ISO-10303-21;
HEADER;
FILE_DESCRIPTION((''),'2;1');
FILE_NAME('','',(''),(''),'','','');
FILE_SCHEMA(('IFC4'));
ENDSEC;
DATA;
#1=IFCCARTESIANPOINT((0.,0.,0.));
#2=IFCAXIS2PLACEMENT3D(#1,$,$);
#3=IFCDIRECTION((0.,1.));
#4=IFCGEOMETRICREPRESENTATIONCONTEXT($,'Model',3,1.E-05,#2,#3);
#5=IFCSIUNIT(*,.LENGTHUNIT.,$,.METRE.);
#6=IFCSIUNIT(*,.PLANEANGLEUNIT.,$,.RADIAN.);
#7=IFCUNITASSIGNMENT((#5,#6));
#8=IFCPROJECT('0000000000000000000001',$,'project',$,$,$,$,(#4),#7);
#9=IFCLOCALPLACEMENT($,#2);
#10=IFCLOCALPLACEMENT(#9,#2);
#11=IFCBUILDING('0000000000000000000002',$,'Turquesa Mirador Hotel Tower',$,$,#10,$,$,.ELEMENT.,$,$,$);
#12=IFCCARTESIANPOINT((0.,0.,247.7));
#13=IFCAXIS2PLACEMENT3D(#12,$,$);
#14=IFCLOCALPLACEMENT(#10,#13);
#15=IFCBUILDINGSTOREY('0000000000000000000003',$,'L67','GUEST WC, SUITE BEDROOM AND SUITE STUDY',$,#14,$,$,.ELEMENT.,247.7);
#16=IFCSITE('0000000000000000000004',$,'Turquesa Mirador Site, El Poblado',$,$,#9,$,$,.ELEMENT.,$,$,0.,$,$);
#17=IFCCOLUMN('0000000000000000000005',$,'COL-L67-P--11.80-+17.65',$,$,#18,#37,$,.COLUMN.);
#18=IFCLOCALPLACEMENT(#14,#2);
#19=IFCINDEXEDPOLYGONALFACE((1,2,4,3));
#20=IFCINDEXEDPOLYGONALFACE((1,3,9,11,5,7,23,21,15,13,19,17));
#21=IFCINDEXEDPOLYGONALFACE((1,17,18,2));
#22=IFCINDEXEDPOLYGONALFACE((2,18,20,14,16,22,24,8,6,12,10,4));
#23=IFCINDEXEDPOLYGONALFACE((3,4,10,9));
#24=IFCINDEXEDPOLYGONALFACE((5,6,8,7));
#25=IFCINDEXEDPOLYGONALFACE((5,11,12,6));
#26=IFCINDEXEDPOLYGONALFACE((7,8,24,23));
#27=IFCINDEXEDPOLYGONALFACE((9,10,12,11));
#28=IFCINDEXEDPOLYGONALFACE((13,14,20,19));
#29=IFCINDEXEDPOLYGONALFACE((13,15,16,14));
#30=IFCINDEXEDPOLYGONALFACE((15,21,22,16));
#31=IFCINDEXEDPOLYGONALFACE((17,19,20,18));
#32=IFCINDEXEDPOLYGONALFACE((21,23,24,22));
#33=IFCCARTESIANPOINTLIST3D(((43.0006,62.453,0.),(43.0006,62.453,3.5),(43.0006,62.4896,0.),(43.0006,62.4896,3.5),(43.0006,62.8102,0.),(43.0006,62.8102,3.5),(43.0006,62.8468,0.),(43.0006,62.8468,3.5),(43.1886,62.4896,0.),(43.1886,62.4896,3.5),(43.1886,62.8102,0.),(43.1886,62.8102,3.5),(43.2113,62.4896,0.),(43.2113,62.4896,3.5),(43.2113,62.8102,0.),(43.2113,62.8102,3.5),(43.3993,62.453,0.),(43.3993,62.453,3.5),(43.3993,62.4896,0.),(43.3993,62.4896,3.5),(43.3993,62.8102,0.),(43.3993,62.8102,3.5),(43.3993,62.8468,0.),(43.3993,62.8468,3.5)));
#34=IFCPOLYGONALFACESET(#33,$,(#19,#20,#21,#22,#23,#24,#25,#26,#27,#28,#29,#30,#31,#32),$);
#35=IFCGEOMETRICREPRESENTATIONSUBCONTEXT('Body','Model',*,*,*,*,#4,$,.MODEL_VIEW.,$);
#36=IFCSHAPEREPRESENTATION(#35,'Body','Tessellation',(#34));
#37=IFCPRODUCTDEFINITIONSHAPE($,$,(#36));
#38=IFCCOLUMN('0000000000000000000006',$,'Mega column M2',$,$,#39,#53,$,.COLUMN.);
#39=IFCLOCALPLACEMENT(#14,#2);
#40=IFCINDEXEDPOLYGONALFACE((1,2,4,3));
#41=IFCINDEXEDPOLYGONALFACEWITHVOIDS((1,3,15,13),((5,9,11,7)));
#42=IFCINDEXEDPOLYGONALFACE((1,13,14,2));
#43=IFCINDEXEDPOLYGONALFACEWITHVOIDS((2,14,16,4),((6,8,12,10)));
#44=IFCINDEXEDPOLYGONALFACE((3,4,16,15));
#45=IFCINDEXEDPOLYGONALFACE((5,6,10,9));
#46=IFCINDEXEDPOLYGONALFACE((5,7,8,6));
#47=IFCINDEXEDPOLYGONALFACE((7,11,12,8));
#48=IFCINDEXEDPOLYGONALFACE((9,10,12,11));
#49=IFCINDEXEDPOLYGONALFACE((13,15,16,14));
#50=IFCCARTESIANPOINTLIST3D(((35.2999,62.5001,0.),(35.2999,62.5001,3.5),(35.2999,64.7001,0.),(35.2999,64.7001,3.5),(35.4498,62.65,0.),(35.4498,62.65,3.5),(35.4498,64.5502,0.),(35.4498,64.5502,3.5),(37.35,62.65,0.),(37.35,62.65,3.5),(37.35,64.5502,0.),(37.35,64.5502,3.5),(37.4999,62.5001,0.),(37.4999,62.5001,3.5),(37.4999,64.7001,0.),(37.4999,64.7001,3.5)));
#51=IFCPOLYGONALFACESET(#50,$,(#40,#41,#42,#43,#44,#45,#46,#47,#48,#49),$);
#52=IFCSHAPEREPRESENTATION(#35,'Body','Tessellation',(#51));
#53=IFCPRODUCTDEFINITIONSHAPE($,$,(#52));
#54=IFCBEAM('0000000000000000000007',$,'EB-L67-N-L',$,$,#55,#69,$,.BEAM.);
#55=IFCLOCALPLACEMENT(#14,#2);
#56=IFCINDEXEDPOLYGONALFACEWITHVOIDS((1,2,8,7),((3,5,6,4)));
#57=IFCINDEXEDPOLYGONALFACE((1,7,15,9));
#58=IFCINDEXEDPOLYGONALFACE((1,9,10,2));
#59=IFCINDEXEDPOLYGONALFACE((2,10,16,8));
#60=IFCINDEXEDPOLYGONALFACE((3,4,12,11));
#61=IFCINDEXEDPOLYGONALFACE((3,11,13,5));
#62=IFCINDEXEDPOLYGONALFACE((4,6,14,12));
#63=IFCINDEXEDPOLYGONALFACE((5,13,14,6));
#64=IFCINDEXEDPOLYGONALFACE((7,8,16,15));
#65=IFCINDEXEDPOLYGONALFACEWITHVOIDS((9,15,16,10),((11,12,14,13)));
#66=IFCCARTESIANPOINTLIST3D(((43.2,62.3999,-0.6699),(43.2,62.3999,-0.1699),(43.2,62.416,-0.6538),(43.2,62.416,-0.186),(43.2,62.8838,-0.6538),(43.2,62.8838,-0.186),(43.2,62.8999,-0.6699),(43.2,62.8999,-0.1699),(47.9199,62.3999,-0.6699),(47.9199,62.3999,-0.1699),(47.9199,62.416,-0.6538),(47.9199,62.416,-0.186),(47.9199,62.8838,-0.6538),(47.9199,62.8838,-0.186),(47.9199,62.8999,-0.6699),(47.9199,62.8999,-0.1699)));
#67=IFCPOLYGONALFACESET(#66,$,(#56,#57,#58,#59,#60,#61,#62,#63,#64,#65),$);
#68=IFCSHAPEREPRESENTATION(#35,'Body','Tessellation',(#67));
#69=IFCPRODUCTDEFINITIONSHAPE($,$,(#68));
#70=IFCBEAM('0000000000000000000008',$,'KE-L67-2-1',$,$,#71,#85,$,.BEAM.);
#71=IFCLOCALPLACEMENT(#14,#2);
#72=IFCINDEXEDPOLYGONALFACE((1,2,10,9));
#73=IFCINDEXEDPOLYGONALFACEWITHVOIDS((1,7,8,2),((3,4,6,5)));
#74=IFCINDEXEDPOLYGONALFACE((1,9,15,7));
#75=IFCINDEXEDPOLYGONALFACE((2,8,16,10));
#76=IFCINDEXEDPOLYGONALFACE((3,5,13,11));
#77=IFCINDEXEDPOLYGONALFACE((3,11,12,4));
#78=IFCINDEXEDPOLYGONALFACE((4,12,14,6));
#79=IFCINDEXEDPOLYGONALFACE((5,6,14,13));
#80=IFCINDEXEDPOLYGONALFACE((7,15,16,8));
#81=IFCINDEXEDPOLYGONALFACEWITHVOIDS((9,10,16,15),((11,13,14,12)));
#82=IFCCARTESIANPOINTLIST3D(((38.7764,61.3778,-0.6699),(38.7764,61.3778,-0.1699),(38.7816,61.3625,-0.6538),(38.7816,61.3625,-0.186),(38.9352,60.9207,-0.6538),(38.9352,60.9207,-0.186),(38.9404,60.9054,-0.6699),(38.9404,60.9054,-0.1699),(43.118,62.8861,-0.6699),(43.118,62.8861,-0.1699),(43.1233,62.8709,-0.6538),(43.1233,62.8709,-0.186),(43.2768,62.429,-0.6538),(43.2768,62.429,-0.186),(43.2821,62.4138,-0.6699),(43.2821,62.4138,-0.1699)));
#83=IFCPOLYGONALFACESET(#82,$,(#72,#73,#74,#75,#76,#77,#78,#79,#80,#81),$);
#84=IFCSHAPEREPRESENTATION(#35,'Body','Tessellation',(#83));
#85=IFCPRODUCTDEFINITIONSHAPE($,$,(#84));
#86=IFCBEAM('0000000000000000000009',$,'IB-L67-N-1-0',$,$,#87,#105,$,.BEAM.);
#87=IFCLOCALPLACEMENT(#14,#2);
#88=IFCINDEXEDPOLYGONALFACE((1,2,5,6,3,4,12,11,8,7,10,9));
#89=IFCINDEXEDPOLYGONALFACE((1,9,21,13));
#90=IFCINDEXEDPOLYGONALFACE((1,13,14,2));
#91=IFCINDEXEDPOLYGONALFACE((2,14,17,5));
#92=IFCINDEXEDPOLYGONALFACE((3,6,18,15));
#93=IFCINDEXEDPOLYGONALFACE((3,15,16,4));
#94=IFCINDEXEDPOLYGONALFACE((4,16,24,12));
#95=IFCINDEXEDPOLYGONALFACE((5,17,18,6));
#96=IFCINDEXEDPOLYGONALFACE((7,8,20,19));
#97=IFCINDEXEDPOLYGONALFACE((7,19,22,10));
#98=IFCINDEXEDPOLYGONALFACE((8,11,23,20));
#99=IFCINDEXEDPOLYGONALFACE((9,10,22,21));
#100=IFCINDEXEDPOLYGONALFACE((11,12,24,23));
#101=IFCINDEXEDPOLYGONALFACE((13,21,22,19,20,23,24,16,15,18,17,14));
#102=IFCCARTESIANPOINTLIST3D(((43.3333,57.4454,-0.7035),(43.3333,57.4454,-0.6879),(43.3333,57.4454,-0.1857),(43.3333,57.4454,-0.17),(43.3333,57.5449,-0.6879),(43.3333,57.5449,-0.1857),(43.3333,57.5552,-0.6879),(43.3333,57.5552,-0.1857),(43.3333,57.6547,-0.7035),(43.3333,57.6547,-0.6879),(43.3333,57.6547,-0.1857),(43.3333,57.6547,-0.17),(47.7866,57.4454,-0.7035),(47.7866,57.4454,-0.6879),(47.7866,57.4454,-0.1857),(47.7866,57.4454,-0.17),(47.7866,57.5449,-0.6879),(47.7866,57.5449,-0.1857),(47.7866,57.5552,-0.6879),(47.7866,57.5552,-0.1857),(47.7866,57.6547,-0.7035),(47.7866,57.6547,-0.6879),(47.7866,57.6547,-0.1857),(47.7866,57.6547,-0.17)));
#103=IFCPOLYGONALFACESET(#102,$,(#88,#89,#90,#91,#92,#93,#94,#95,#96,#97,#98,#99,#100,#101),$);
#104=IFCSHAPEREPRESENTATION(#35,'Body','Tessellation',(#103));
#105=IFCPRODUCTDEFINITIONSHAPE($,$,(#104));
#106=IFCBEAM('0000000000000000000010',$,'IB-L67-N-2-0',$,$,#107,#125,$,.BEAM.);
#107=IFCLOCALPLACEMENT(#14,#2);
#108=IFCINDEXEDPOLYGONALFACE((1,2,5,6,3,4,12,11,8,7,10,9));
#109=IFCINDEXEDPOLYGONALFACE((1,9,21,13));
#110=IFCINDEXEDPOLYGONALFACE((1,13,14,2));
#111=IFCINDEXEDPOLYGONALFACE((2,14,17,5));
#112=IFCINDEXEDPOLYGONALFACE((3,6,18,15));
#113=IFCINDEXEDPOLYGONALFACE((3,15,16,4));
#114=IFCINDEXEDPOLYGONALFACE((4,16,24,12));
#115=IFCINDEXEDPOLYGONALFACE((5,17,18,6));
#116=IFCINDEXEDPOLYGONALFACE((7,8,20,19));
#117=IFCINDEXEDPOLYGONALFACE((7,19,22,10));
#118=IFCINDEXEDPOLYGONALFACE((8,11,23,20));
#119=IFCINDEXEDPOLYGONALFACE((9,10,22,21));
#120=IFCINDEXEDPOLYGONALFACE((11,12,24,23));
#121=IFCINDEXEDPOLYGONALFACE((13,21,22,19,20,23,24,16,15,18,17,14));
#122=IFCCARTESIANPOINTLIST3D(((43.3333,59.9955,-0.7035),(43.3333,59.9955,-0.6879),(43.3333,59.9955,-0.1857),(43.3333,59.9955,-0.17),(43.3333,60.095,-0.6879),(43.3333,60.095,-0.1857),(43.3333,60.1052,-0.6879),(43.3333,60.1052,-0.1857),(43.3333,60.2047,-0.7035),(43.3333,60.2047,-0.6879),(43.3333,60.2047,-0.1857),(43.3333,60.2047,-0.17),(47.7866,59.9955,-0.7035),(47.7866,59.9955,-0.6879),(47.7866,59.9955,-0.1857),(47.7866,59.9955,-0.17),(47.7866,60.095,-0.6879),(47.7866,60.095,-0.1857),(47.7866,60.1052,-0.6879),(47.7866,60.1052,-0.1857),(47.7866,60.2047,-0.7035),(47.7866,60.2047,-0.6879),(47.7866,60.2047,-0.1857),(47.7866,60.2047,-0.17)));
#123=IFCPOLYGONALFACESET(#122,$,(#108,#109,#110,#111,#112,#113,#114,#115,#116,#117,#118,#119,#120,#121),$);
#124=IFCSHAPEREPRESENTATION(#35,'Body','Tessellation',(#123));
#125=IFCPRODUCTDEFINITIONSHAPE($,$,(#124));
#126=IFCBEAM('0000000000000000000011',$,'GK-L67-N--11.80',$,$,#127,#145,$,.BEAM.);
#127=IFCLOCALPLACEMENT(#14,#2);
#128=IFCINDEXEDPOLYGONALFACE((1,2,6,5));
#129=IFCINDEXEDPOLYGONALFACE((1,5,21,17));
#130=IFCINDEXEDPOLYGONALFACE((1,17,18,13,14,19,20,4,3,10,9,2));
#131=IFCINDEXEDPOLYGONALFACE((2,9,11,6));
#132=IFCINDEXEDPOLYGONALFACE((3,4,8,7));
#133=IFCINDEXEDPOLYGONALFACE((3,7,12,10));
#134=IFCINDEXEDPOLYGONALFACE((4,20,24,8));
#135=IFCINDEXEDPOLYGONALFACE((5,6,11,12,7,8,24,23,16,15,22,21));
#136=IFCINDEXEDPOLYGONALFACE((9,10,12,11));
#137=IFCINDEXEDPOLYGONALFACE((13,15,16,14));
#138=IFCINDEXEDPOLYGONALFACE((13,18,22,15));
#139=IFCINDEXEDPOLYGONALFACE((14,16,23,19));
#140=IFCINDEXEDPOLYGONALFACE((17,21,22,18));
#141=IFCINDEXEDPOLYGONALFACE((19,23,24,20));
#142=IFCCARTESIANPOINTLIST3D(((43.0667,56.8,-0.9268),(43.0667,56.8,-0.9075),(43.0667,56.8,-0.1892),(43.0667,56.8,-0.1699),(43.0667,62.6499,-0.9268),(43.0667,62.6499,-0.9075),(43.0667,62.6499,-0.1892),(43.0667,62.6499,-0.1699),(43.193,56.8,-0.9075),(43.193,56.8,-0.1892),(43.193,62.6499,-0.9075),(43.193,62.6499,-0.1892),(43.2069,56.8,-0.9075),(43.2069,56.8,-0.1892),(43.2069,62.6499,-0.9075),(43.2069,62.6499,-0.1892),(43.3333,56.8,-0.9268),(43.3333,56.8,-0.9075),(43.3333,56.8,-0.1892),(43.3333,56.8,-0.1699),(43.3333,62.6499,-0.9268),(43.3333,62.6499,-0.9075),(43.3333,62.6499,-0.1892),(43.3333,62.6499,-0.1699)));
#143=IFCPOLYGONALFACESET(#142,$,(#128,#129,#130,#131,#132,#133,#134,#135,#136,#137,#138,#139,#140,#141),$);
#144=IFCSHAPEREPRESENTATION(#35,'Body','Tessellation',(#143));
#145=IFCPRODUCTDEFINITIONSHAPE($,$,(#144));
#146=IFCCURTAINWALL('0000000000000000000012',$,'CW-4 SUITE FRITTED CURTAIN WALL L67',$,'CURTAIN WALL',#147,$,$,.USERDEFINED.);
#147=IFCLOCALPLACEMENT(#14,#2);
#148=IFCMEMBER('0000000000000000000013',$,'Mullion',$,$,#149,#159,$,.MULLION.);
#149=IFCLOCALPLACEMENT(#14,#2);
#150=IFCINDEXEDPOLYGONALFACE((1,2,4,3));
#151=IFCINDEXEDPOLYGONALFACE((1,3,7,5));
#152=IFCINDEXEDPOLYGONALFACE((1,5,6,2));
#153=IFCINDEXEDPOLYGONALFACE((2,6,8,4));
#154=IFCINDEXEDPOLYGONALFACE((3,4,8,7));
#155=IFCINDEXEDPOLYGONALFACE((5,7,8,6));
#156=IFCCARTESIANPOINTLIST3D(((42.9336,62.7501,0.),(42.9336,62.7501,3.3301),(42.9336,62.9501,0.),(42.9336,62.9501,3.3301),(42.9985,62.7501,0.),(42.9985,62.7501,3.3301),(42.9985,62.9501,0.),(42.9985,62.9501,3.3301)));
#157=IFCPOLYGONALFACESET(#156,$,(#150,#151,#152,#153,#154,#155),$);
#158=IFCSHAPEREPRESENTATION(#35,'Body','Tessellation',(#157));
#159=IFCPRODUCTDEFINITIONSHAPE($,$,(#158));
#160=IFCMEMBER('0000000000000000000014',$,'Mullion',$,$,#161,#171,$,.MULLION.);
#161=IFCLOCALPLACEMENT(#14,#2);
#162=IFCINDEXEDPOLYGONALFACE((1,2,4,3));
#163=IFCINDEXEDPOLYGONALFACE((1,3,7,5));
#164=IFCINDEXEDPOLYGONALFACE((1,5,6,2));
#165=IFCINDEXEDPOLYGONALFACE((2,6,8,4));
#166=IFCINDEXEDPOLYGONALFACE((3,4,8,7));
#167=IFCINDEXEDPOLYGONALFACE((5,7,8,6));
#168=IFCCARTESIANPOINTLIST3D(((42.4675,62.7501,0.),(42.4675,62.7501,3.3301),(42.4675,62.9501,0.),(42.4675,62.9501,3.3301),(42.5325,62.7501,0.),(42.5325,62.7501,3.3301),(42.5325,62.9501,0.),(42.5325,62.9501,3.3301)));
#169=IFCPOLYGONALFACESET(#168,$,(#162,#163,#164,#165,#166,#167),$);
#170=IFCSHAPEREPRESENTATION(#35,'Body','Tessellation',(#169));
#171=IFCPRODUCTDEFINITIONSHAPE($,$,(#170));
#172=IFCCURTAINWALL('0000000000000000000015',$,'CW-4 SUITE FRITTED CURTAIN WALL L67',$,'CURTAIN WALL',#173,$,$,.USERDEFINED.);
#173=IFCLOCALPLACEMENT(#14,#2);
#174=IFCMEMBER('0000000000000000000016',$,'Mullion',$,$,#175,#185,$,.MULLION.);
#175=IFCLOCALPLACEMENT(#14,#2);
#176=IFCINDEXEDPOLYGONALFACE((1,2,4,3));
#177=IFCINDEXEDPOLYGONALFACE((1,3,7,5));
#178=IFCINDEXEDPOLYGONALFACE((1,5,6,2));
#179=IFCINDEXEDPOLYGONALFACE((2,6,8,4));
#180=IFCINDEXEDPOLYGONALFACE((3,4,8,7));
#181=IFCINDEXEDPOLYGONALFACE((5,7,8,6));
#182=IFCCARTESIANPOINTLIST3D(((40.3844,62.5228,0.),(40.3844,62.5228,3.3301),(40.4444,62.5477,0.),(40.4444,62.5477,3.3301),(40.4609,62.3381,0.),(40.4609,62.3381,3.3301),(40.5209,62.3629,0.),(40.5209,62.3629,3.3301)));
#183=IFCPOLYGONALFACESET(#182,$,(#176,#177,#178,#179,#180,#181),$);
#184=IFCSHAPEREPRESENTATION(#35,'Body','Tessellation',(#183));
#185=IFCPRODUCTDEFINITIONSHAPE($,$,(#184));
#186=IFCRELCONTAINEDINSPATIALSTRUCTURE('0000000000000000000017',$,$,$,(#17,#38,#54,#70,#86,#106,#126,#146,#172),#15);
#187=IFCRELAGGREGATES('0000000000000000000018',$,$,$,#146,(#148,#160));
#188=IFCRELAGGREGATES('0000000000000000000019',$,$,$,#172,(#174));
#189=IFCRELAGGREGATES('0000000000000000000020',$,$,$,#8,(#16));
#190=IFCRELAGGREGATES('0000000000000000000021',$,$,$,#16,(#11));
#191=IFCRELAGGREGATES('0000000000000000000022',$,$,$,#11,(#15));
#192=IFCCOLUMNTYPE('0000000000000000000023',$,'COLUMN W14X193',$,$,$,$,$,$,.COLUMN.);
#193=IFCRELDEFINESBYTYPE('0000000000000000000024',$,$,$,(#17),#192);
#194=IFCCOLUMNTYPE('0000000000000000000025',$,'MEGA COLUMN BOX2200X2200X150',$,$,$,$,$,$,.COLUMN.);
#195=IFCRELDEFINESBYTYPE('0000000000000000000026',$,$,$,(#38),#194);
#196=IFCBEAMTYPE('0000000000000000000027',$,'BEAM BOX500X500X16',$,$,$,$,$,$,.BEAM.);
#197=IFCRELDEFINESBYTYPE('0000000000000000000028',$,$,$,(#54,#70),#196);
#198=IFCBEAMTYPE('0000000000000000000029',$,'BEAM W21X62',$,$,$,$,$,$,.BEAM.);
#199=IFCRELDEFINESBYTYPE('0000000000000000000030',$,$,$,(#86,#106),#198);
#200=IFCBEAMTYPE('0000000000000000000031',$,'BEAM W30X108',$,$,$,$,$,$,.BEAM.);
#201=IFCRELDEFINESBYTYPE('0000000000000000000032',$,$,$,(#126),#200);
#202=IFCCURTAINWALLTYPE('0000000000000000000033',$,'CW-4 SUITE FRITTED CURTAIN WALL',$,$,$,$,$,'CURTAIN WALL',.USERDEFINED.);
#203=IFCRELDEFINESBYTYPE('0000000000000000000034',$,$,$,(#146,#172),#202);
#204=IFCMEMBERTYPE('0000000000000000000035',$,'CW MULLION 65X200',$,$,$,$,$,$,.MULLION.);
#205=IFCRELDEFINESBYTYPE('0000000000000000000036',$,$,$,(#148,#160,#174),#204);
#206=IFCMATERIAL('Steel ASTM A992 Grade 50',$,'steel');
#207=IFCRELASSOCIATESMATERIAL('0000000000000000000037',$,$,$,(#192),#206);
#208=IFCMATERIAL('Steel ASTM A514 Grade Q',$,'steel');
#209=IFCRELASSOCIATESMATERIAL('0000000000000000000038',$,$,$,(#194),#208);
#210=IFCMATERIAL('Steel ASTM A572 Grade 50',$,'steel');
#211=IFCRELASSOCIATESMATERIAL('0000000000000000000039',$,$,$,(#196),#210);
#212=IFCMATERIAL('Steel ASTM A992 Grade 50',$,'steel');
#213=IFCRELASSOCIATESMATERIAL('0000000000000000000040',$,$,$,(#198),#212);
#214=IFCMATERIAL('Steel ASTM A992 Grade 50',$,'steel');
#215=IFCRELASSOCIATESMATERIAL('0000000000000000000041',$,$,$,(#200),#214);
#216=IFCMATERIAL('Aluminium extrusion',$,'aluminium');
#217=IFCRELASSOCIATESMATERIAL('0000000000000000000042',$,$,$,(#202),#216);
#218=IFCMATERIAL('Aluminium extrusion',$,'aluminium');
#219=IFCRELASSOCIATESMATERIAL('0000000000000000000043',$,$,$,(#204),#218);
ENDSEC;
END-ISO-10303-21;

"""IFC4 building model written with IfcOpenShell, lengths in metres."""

from ifc_helpers import new_model, si_unit, direction, frame, origin, origin_2d, place, context, subcontext, project, spatial, rectangle, hollow_rectangle, i_section, extrude, material, material_profile, profile_set, type_object, element, aggregate, save


model = new_model("IFC4")

# Units and contexts
model_context = context("Model", 3, precision=1e-05, world=origin(), true_north=direction((0.0, 1.0)))
body_context = subcontext(model_context, "Body", "Model", "MODEL_VIEW")
ifc_project = project(units=[si_unit("LENGTHUNIT", "METRE"), si_unit("PLANEANGLEUNIT", "RADIAN")], contexts=[model_context])

# Site, building, storey
site_placement = place(None, origin())
site = spatial("IfcSite", under=ifc_project, at=site_placement, Name="Turquesa Mirador Site, El Poblado", CompositionType="ELEMENT", RefElevation=0.0)
building_placement = place(site_placement, origin())
building = spatial("IfcBuilding", under=site, at=building_placement, Name="Turquesa Mirador Hotel Tower", CompositionType="ELEMENT")
storey_placement = place(building_placement, frame((0.0, 0.0, 247.7)))
storey = spatial("IfcBuildingStorey", under=building, at=storey_placement, Name="L67", Description="GUEST WC, SUITE BEDROOM AND SUITE STUDY", CompositionType="ELEMENT", Elevation=247.7)

# Columns
ifc_material_1 = material(Name="Steel ASTM A992 Grade 50", Category="steel")
ifc_material_profile_1 = material_profile(ifc_material_1, i_section(OverallWidth=0.3987, OverallDepth=0.3938, WebThickness=0.0227, FlangeThickness=0.0366, at=origin_2d()), Name="W14X193")
ifc_profile_set_1 = profile_set([ifc_material_profile_1], Name="Steel ASTM A992 Grade 50")
column_type_1 = type_object("IfcColumnType", Name="COLUMN W14X193", PredefinedType="COLUMN", material=ifc_profile_set_1)
column_1_placement = place(storey_placement, frame((43.2, 62.6499, 0.0), z_axis=(0.0, 0.0, 1.0), x_axis=(1.0, 0.0, 0.0)))
element("IfcColumn", 1, at=column_1_placement, inside=storey, type_object=column_type_1, Name="COL-L67-P--11.80-+17.65", PredefinedType="COLUMN", context=body_context, shape_type="SweptSolid", body=[
    extrude(i_section(OverallWidth=0.3987, OverallDepth=0.3938, WebThickness=0.0227, FlangeThickness=0.0366, at=origin_2d()), origin(), (0.0, 0.0, 1.0), 3.5),
])
ifc_material_2 = material(Name="Steel ASTM A514 Grade Q", Category="steel")
ifc_material_profile_2 = material_profile(ifc_material_2, hollow_rectangle(XDim=2.2, YDim=2.2, WallThickness=0.1499, at=origin_2d()), Name="BOX2200X2200X150")
ifc_profile_set_2 = profile_set([ifc_material_profile_2], Name="Steel ASTM A514 Grade Q")
column_type_2 = type_object("IfcColumnType", Name="MEGA COLUMN BOX2200X2200X150", PredefinedType="COLUMN", material=ifc_profile_set_2)
column_2_placement = place(storey_placement, frame((36.3999, 63.6001, 0.0), z_axis=(0.0, 0.0, 1.0), x_axis=(1.0, 0.0, 0.0)))
element("IfcColumn", 2, at=column_2_placement, inside=storey, type_object=column_type_2, Name="Mega column M2", PredefinedType="COLUMN", context=body_context, shape_type="SweptSolid", body=[
    extrude(hollow_rectangle(XDim=2.2, YDim=2.2, WallThickness=0.1499, at=origin_2d()), origin(), (0.0, 0.0, 1.0), 3.5),
])

# Beams
ifc_material_3 = material(Name="Steel ASTM A572 Grade 50", Category="steel")
ifc_material_profile_3 = material_profile(ifc_material_3, hollow_rectangle(XDim=0.5, YDim=0.5, WallThickness=0.0161, at=origin_2d()), Name="BOX500X500X16")
ifc_profile_set_3 = profile_set([ifc_material_profile_3], Name="Steel ASTM A572 Grade 50")
beam_type_1 = type_object("IfcBeamType", Name="BEAM BOX500X500X16", PredefinedType="BEAM", material=ifc_profile_set_3)
beam_1_placement = place(storey_placement, frame((43.2, 62.6499, -0.4199), z_axis=(1.0, 0.0, 0.0), x_axis=(0.0, 1.0, 0.0)))
element("IfcBeam", 3, at=beam_1_placement, inside=storey, type_object=beam_type_1, Name="EB-L67-N-L", PredefinedType="BEAM", context=body_context, shape_type="SweptSolid", body=[
    extrude(hollow_rectangle(XDim=0.5, YDim=0.5, WallThickness=0.0161, at=origin_2d()), origin(), (0.0, 0.0, 1.0), 4.72),
])
beam_2_placement = place(storey_placement, frame((38.8584, 61.1416, -0.4199), z_axis=(0.944619, 0.32817, 0.0), x_axis=(-0.32817, 0.944619, 0.0)))
element("IfcBeam", 4, at=beam_2_placement, inside=storey, type_object=beam_type_1, Name="KE-L67-2-1", PredefinedType="BEAM", context=body_context, shape_type="SweptSolid", body=[
    extrude(hollow_rectangle(XDim=0.5, YDim=0.5, WallThickness=0.0161, at=origin_2d()), origin(), (0.0, 0.0, 1.0), 4.5962),
])
ifc_material_4 = material(Name="Steel ASTM A992 Grade 50", Category="steel")
ifc_material_profile_4 = material_profile(ifc_material_4, i_section(OverallWidth=0.2092, OverallDepth=0.5334, WebThickness=0.0103, FlangeThickness=0.0156, at=origin_2d()), Name="W21X62")
ifc_profile_set_4 = profile_set([ifc_material_profile_4], Name="Steel ASTM A992 Grade 50")
beam_type_2 = type_object("IfcBeamType", Name="BEAM W21X62", PredefinedType="BEAM", material=ifc_profile_set_4)
for number, where, z_axis, x_axis, name in (
    (5, (43.3333, 57.55, -0.4368), (1.0, 0.0, 0.0), (0.0, 1.0, 0.0), "IB-L67-N-1-0"),
    (6, (43.3333, 60.1001, -0.4368), (1.0, 0.0, 0.0), (0.0, 1.0, 0.0), "IB-L67-N-2-0"),
):
    element("IfcBeam", number, at=place(storey_placement, frame(where, z_axis=z_axis, x_axis=x_axis)), inside=storey, type_object=beam_type_2, Name=name, PredefinedType="BEAM", context=body_context, shape_type="SweptSolid", body=[
        extrude(i_section(OverallWidth=0.2092, OverallDepth=0.5334, WebThickness=0.0103, FlangeThickness=0.0156, at=origin_2d()), origin(), (0.0, 0.0, 1.0), 4.4534),
    ])
ifc_material_5 = material(Name="Steel ASTM A992 Grade 50", Category="steel")
ifc_material_profile_5 = material_profile(ifc_material_5, i_section(OverallWidth=0.2666, OverallDepth=0.7568, WebThickness=0.0139, FlangeThickness=0.0193, at=origin_2d()), Name="W30X108")
ifc_profile_set_5 = profile_set([ifc_material_profile_5], Name="Steel ASTM A992 Grade 50")
beam_type_3 = type_object("IfcBeamType", Name="BEAM W30X108", PredefinedType="BEAM", material=ifc_profile_set_5)
beam_3_placement = place(storey_placement, frame((43.2, 62.6499, -0.5483), z_axis=(0.0, -1.0, 0.0), x_axis=(1.0, 0.0, 0.0)))
element("IfcBeam", 7, at=beam_3_placement, inside=storey, type_object=beam_type_3, Name="GK-L67-N--11.80", PredefinedType="BEAM", context=body_context, shape_type="SweptSolid", body=[
    extrude(i_section(OverallWidth=0.2666, OverallDepth=0.7568, WebThickness=0.0139, FlangeThickness=0.0193, at=origin_2d()), origin(), (0.0, 0.0, 1.0), 5.8499),
])

# Curtain walls, members
ifc_material_6 = material(Name="Aluminium extrusion", Category="aluminium")
curtain_wall_type = type_object("IfcCurtainWallType", Name="CW-4 SUITE FRITTED CURTAIN WALL", ElementType="CURTAIN WALL", PredefinedType="USERDEFINED", material=ifc_material_6)
curtain_wall_1_placement = place(storey_placement, origin())
curtain_wall_1 = element("IfcCurtainWall", 8, at=curtain_wall_1_placement, inside=storey, type_object=curtain_wall_type, Name="CW-4 SUITE FRITTED CURTAIN WALL L67", ObjectType="CURTAIN WALL", PredefinedType="USERDEFINED")
ifc_material_7 = material(Name="Aluminium extrusion", Category="aluminium")
ifc_material_profile_6 = material_profile(ifc_material_7, rectangle(XDim=0.0649, YDim=0.2, at=origin_2d()), Name="MULLION 65X200")
ifc_profile_set_6 = profile_set([ifc_material_profile_6], Name="Aluminium extrusion")
member_type_1 = type_object("IfcMemberType", Name="CW MULLION 65X200", PredefinedType="MULLION", material=ifc_profile_set_6)
member_1_placement = place(storey_placement, frame((42.9661, 62.8501, 0.0), z_axis=(0.0, 0.0, 1.0), x_axis=(-1.0, 0.0, 0.0)))
member_1 = element("IfcMember", 9, at=member_1_placement, type_object=member_type_1, Name="Mullion", PredefinedType="MULLION", context=body_context, shape_type="SweptSolid", body=[
    extrude(rectangle(XDim=0.0649, YDim=0.2, at=origin_2d()), origin(), (0.0, 0.0, 1.0), 3.3301),
])
member_2_placement = place(storey_placement, frame((42.5, 62.8501, 0.0), z_axis=(0.0, 0.0, 1.0), x_axis=(-1.0, 0.0, 0.0)))
member_2 = element("IfcMember", 10, at=member_2_placement, type_object=member_type_1, Name="Mullion", PredefinedType="MULLION", context=body_context, shape_type="SweptSolid", body=[
    extrude(rectangle(XDim=0.0649, YDim=0.2, at=origin_2d()), origin(), (0.0, 0.0, 1.0), 3.3301),
])
curtain_wall_2_placement = place(storey_placement, origin())
curtain_wall_2 = element("IfcCurtainWall", 11, at=curtain_wall_2_placement, inside=storey, type_object=curtain_wall_type, Name="CW-4 SUITE FRITTED CURTAIN WALL L67", ObjectType="CURTAIN WALL", PredefinedType="USERDEFINED")
member_3_placement = place(storey_placement, frame((40.4526, 62.4429, 0.0), z_axis=(0.0, 0.0, 1.0), x_axis=(-0.92388, -0.382683, 0.0)))
member_3 = element("IfcMember", 12, at=member_3_placement, type_object=member_type_1, Name="Mullion", PredefinedType="MULLION", context=body_context, shape_type="SweptSolid", body=[
    extrude(rectangle(XDim=0.0649, YDim=0.2, at=origin_2d()), origin(), (0.0, 0.0, 1.0), 3.3301),
])

aggregate(curtain_wall_1, [member_1, member_2])
aggregate(curtain_wall_2, [member_3])

save(model, "model.ifc")
